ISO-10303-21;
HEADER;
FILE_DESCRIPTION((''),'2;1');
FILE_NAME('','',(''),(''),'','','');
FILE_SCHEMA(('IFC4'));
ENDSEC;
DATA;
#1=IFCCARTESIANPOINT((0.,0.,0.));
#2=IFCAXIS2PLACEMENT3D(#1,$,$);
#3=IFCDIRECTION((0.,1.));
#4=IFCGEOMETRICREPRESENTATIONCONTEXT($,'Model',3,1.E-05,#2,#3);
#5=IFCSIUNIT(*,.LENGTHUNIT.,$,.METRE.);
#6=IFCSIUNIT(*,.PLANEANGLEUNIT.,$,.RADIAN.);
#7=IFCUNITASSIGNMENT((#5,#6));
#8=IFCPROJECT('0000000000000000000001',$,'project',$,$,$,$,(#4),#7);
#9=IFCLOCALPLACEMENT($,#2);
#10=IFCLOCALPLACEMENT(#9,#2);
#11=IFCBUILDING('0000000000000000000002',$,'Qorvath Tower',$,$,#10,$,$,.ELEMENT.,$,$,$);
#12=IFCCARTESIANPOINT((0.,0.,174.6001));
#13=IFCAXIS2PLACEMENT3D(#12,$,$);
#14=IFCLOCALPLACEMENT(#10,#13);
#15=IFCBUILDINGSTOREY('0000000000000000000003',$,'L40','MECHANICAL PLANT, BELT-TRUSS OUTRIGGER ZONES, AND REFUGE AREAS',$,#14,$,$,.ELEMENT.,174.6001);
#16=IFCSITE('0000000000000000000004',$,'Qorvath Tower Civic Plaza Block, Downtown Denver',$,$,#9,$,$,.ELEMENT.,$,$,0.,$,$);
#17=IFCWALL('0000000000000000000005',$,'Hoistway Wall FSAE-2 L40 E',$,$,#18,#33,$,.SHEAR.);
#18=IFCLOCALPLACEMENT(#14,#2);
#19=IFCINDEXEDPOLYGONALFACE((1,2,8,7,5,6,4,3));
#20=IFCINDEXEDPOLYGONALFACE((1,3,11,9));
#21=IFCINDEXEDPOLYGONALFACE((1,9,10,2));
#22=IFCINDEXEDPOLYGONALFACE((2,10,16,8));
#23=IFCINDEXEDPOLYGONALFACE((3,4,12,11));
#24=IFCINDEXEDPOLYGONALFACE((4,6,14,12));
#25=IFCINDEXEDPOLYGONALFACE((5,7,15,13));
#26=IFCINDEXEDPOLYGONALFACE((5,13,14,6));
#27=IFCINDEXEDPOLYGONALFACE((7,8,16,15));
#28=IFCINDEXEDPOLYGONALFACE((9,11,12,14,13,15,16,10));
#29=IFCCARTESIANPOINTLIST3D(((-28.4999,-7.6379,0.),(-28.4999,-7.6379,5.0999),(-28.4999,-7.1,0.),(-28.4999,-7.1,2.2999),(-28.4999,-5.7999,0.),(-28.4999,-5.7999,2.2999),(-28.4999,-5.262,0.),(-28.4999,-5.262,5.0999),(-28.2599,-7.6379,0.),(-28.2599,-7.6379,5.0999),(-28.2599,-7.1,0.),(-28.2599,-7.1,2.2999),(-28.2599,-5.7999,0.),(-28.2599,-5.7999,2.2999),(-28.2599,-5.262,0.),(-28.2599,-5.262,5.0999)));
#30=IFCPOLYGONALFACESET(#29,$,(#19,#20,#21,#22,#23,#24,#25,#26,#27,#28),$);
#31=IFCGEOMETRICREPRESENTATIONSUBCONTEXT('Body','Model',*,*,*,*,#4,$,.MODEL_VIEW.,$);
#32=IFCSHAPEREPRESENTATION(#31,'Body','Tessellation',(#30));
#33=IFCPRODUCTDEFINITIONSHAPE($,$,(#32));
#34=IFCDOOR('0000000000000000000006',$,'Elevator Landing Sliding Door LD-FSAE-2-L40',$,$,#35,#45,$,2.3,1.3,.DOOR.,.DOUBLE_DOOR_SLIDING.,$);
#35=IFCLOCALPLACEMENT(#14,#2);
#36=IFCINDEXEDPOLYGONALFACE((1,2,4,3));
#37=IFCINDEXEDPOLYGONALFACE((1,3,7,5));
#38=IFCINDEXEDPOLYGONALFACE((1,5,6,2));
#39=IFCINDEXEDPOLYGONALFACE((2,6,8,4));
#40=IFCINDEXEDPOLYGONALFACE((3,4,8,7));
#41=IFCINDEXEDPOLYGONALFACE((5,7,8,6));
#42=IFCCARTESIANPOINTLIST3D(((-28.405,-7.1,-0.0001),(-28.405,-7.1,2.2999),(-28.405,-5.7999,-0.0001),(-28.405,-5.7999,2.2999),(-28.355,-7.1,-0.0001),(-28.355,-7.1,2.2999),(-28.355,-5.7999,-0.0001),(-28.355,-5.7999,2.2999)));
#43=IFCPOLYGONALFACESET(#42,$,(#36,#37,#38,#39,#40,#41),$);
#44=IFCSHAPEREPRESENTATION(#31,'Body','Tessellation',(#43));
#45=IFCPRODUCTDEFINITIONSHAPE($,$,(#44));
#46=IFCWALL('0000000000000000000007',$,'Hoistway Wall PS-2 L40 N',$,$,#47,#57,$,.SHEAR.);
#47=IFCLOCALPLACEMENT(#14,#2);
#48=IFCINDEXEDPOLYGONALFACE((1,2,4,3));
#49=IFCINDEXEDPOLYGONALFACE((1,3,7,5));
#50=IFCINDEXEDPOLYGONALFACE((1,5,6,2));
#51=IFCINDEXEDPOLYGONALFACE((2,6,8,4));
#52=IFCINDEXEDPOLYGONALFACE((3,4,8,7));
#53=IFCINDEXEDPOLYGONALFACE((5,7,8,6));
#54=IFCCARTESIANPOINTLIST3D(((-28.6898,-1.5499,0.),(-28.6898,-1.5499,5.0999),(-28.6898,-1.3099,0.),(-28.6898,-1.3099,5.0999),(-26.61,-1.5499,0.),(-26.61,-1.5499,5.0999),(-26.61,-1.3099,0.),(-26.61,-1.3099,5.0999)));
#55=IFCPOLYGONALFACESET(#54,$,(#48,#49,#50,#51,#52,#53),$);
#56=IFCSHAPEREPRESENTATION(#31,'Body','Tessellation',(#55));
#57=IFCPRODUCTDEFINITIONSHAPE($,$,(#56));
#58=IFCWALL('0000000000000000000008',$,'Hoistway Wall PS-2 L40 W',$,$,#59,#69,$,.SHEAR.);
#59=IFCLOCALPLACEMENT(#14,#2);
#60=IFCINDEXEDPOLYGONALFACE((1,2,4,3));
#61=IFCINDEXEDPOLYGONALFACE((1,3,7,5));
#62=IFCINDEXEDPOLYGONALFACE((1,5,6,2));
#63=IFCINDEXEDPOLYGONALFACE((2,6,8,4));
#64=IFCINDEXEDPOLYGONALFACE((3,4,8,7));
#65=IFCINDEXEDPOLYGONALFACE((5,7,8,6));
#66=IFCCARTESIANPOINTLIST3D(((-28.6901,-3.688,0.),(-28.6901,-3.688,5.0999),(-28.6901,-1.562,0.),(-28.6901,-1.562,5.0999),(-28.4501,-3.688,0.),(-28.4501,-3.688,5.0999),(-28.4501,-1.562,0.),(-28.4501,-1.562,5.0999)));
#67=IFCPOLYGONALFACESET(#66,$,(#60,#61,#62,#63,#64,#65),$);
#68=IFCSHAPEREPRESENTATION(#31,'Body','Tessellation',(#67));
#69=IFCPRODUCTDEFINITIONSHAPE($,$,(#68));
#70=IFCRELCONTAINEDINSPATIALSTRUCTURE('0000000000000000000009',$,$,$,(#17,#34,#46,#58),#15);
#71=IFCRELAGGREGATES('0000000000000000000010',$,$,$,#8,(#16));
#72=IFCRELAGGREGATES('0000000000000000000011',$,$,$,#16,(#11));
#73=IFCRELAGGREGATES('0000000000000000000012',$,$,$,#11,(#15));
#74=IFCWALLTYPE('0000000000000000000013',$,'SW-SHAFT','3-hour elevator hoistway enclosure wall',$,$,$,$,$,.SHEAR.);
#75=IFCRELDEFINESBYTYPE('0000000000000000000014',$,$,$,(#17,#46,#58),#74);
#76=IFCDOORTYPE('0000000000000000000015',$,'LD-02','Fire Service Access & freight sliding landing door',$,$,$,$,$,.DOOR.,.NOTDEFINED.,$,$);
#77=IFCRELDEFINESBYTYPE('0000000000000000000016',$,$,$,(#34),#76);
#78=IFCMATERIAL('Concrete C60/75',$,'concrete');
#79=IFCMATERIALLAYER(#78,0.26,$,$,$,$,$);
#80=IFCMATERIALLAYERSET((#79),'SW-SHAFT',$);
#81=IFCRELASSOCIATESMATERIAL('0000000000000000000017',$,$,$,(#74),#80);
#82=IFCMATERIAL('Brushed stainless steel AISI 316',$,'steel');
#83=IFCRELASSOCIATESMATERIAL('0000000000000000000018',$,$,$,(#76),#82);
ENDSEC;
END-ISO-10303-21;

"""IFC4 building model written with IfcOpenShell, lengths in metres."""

from ifc_helpers import new_model, si_unit, direction, frame, frame_2d, origin, place, context, subcontext, project, spatial, rectangle, extrude, material, layer, layer_set, type_object, element, fill, save


model = new_model("IFC4")

# Units and contexts
model_context = context("Model", 3, precision=1e-05, world=origin(), true_north=direction((0.0, 1.0)))
body_context = subcontext(model_context, "Body", "Model", "MODEL_VIEW")
ifc_project = project(units=[si_unit("LENGTHUNIT", "METRE"), si_unit("PLANEANGLEUNIT", "RADIAN")], contexts=[model_context])

# Site, building, storey
site_placement = place(None, origin())
site = spatial("IfcSite", under=ifc_project, at=site_placement, Name="Qorvath Tower Civic Plaza Block, Downtown Denver", CompositionType="ELEMENT", RefElevation=0.0)
building_placement = place(site_placement, origin())
building = spatial("IfcBuilding", under=site, at=building_placement, Name="Qorvath Tower", CompositionType="ELEMENT")
storey_placement = place(building_placement, frame((0.0, 0.0, 174.6001)))
storey = spatial("IfcBuildingStorey", under=building, at=storey_placement, Name="L40", Description="MECHANICAL PLANT, BELT-TRUSS OUTRIGGER ZONES, AND REFUGE AREAS", CompositionType="ELEMENT", Elevation=174.6001)

# Shared definitions
ifc_material_1 = material(Name="Concrete C60/75", Category="concrete")
ifc_layer_1 = layer(ifc_material_1, 0.26)
ifc_layer_set_1 = layer_set([ifc_layer_1], Name="SW-SHAFT")
wall_type_1 = type_object("IfcWallType", Name="SW-SHAFT", Description="3-hour elevator hoistway enclosure wall", PredefinedType="SHEAR", material=ifc_layer_set_1)

# Wall, opening, door
wall_1_placement = place(storey_placement, frame((-28.3799, -5.262, 0.0), z_axis=(0.0, 0.0, 1.0), x_axis=(0.0, -1.0, 0.0)))
wall_1 = element("IfcWall", 1, at=wall_1_placement, inside=storey, type_object=wall_type_1, Name="Hoistway Wall FSAE-2 L40 E", PredefinedType="SHEAR", context=body_context, shape_type="SweptSolid", body=[
    extrude(rectangle(XDim=2.376, YDim=0.24, at=frame_2d((1.188, 0.0))), origin(), (0.0, 0.0, 1.0), 5.0999),
])
opening_1_placement = place(wall_1_placement, frame((0.5381, 0.0, 0.0)))
opening_1 = element("IfcOpeningElement", 2, at=opening_1_placement, cuts=wall_1, PredefinedType="OPENING", context=body_context, shape_type="SweptSolid", body=[
    extrude(rectangle(XDim=1.3, YDim=2.3, at=frame_2d((0.6499, 1.1499))), frame((0.0, 0.1299, 0.0), z_axis=(0.0, -1.0, 0.0), x_axis=(1.0, 0.0, 0.0)), (0.0, 0.0, 1.0), 0.26),
])
ifc_material_2 = material(Name="Brushed stainless steel AISI 316", Category="steel")
door_type_1 = type_object("IfcDoorType", Name="LD-02", Description="Fire Service Access & freight sliding landing door", OperationType="NOTDEFINED", PredefinedType="DOOR", material=ifc_material_2)
door_1_placement = place(opening_1_placement, origin())
door_1 = element("IfcDoor", 3, at=door_1_placement, inside=storey, type_object=door_type_1, Name="Elevator Landing Sliding Door LD-FSAE-2-L40", OperationType="DOUBLE_DOOR_SLIDING", OverallHeight=2.3, OverallWidth=1.3, PredefinedType="DOOR", context=body_context, shape_type="SweptSolid", body=[
    extrude(rectangle(XDim=1.3, YDim=2.3, at=frame_2d((0.6499, 1.1499))), frame((0.0, 0.0249, 0.0), z_axis=(0.0, -1.0, 0.0), x_axis=(1.0, 0.0, 0.0)), (0.0, 0.0, 1.0), 0.05),
])
fill(opening_1, door_1)

# Walls
wall_2_placement = place(storey_placement, frame((-28.6899, -1.4299, 0.0), z_axis=(0.0, 0.0, 1.0), x_axis=(1.0, 0.0, 0.0)))
element("IfcWall", 4, at=wall_2_placement, inside=storey, type_object=wall_type_1, Name="Hoistway Wall PS-2 L40 N", PredefinedType="SHEAR", context=body_context, shape_type="SweptSolid", body=[
    extrude(rectangle(XDim=2.0798, YDim=0.24, at=frame_2d((1.04, 0.0))), origin(), (0.0, 0.0, 1.0), 5.0999),
])
wall_3_placement = place(storey_placement, frame((-28.5701, -3.688, 0.0), z_axis=(0.0, 0.0, 1.0), x_axis=(0.0, 1.0, 0.0)))
element("IfcWall", 5, at=wall_3_placement, inside=storey, type_object=wall_type_1, Name="Hoistway Wall PS-2 L40 W", PredefinedType="SHEAR", context=body_context, shape_type="SweptSolid", body=[
    extrude(rectangle(XDim=2.126, YDim=0.24, at=frame_2d((1.063, 0.0))), origin(), (0.0, 0.0, 1.0), 5.0999),
])

save(model, "model.ifc")
